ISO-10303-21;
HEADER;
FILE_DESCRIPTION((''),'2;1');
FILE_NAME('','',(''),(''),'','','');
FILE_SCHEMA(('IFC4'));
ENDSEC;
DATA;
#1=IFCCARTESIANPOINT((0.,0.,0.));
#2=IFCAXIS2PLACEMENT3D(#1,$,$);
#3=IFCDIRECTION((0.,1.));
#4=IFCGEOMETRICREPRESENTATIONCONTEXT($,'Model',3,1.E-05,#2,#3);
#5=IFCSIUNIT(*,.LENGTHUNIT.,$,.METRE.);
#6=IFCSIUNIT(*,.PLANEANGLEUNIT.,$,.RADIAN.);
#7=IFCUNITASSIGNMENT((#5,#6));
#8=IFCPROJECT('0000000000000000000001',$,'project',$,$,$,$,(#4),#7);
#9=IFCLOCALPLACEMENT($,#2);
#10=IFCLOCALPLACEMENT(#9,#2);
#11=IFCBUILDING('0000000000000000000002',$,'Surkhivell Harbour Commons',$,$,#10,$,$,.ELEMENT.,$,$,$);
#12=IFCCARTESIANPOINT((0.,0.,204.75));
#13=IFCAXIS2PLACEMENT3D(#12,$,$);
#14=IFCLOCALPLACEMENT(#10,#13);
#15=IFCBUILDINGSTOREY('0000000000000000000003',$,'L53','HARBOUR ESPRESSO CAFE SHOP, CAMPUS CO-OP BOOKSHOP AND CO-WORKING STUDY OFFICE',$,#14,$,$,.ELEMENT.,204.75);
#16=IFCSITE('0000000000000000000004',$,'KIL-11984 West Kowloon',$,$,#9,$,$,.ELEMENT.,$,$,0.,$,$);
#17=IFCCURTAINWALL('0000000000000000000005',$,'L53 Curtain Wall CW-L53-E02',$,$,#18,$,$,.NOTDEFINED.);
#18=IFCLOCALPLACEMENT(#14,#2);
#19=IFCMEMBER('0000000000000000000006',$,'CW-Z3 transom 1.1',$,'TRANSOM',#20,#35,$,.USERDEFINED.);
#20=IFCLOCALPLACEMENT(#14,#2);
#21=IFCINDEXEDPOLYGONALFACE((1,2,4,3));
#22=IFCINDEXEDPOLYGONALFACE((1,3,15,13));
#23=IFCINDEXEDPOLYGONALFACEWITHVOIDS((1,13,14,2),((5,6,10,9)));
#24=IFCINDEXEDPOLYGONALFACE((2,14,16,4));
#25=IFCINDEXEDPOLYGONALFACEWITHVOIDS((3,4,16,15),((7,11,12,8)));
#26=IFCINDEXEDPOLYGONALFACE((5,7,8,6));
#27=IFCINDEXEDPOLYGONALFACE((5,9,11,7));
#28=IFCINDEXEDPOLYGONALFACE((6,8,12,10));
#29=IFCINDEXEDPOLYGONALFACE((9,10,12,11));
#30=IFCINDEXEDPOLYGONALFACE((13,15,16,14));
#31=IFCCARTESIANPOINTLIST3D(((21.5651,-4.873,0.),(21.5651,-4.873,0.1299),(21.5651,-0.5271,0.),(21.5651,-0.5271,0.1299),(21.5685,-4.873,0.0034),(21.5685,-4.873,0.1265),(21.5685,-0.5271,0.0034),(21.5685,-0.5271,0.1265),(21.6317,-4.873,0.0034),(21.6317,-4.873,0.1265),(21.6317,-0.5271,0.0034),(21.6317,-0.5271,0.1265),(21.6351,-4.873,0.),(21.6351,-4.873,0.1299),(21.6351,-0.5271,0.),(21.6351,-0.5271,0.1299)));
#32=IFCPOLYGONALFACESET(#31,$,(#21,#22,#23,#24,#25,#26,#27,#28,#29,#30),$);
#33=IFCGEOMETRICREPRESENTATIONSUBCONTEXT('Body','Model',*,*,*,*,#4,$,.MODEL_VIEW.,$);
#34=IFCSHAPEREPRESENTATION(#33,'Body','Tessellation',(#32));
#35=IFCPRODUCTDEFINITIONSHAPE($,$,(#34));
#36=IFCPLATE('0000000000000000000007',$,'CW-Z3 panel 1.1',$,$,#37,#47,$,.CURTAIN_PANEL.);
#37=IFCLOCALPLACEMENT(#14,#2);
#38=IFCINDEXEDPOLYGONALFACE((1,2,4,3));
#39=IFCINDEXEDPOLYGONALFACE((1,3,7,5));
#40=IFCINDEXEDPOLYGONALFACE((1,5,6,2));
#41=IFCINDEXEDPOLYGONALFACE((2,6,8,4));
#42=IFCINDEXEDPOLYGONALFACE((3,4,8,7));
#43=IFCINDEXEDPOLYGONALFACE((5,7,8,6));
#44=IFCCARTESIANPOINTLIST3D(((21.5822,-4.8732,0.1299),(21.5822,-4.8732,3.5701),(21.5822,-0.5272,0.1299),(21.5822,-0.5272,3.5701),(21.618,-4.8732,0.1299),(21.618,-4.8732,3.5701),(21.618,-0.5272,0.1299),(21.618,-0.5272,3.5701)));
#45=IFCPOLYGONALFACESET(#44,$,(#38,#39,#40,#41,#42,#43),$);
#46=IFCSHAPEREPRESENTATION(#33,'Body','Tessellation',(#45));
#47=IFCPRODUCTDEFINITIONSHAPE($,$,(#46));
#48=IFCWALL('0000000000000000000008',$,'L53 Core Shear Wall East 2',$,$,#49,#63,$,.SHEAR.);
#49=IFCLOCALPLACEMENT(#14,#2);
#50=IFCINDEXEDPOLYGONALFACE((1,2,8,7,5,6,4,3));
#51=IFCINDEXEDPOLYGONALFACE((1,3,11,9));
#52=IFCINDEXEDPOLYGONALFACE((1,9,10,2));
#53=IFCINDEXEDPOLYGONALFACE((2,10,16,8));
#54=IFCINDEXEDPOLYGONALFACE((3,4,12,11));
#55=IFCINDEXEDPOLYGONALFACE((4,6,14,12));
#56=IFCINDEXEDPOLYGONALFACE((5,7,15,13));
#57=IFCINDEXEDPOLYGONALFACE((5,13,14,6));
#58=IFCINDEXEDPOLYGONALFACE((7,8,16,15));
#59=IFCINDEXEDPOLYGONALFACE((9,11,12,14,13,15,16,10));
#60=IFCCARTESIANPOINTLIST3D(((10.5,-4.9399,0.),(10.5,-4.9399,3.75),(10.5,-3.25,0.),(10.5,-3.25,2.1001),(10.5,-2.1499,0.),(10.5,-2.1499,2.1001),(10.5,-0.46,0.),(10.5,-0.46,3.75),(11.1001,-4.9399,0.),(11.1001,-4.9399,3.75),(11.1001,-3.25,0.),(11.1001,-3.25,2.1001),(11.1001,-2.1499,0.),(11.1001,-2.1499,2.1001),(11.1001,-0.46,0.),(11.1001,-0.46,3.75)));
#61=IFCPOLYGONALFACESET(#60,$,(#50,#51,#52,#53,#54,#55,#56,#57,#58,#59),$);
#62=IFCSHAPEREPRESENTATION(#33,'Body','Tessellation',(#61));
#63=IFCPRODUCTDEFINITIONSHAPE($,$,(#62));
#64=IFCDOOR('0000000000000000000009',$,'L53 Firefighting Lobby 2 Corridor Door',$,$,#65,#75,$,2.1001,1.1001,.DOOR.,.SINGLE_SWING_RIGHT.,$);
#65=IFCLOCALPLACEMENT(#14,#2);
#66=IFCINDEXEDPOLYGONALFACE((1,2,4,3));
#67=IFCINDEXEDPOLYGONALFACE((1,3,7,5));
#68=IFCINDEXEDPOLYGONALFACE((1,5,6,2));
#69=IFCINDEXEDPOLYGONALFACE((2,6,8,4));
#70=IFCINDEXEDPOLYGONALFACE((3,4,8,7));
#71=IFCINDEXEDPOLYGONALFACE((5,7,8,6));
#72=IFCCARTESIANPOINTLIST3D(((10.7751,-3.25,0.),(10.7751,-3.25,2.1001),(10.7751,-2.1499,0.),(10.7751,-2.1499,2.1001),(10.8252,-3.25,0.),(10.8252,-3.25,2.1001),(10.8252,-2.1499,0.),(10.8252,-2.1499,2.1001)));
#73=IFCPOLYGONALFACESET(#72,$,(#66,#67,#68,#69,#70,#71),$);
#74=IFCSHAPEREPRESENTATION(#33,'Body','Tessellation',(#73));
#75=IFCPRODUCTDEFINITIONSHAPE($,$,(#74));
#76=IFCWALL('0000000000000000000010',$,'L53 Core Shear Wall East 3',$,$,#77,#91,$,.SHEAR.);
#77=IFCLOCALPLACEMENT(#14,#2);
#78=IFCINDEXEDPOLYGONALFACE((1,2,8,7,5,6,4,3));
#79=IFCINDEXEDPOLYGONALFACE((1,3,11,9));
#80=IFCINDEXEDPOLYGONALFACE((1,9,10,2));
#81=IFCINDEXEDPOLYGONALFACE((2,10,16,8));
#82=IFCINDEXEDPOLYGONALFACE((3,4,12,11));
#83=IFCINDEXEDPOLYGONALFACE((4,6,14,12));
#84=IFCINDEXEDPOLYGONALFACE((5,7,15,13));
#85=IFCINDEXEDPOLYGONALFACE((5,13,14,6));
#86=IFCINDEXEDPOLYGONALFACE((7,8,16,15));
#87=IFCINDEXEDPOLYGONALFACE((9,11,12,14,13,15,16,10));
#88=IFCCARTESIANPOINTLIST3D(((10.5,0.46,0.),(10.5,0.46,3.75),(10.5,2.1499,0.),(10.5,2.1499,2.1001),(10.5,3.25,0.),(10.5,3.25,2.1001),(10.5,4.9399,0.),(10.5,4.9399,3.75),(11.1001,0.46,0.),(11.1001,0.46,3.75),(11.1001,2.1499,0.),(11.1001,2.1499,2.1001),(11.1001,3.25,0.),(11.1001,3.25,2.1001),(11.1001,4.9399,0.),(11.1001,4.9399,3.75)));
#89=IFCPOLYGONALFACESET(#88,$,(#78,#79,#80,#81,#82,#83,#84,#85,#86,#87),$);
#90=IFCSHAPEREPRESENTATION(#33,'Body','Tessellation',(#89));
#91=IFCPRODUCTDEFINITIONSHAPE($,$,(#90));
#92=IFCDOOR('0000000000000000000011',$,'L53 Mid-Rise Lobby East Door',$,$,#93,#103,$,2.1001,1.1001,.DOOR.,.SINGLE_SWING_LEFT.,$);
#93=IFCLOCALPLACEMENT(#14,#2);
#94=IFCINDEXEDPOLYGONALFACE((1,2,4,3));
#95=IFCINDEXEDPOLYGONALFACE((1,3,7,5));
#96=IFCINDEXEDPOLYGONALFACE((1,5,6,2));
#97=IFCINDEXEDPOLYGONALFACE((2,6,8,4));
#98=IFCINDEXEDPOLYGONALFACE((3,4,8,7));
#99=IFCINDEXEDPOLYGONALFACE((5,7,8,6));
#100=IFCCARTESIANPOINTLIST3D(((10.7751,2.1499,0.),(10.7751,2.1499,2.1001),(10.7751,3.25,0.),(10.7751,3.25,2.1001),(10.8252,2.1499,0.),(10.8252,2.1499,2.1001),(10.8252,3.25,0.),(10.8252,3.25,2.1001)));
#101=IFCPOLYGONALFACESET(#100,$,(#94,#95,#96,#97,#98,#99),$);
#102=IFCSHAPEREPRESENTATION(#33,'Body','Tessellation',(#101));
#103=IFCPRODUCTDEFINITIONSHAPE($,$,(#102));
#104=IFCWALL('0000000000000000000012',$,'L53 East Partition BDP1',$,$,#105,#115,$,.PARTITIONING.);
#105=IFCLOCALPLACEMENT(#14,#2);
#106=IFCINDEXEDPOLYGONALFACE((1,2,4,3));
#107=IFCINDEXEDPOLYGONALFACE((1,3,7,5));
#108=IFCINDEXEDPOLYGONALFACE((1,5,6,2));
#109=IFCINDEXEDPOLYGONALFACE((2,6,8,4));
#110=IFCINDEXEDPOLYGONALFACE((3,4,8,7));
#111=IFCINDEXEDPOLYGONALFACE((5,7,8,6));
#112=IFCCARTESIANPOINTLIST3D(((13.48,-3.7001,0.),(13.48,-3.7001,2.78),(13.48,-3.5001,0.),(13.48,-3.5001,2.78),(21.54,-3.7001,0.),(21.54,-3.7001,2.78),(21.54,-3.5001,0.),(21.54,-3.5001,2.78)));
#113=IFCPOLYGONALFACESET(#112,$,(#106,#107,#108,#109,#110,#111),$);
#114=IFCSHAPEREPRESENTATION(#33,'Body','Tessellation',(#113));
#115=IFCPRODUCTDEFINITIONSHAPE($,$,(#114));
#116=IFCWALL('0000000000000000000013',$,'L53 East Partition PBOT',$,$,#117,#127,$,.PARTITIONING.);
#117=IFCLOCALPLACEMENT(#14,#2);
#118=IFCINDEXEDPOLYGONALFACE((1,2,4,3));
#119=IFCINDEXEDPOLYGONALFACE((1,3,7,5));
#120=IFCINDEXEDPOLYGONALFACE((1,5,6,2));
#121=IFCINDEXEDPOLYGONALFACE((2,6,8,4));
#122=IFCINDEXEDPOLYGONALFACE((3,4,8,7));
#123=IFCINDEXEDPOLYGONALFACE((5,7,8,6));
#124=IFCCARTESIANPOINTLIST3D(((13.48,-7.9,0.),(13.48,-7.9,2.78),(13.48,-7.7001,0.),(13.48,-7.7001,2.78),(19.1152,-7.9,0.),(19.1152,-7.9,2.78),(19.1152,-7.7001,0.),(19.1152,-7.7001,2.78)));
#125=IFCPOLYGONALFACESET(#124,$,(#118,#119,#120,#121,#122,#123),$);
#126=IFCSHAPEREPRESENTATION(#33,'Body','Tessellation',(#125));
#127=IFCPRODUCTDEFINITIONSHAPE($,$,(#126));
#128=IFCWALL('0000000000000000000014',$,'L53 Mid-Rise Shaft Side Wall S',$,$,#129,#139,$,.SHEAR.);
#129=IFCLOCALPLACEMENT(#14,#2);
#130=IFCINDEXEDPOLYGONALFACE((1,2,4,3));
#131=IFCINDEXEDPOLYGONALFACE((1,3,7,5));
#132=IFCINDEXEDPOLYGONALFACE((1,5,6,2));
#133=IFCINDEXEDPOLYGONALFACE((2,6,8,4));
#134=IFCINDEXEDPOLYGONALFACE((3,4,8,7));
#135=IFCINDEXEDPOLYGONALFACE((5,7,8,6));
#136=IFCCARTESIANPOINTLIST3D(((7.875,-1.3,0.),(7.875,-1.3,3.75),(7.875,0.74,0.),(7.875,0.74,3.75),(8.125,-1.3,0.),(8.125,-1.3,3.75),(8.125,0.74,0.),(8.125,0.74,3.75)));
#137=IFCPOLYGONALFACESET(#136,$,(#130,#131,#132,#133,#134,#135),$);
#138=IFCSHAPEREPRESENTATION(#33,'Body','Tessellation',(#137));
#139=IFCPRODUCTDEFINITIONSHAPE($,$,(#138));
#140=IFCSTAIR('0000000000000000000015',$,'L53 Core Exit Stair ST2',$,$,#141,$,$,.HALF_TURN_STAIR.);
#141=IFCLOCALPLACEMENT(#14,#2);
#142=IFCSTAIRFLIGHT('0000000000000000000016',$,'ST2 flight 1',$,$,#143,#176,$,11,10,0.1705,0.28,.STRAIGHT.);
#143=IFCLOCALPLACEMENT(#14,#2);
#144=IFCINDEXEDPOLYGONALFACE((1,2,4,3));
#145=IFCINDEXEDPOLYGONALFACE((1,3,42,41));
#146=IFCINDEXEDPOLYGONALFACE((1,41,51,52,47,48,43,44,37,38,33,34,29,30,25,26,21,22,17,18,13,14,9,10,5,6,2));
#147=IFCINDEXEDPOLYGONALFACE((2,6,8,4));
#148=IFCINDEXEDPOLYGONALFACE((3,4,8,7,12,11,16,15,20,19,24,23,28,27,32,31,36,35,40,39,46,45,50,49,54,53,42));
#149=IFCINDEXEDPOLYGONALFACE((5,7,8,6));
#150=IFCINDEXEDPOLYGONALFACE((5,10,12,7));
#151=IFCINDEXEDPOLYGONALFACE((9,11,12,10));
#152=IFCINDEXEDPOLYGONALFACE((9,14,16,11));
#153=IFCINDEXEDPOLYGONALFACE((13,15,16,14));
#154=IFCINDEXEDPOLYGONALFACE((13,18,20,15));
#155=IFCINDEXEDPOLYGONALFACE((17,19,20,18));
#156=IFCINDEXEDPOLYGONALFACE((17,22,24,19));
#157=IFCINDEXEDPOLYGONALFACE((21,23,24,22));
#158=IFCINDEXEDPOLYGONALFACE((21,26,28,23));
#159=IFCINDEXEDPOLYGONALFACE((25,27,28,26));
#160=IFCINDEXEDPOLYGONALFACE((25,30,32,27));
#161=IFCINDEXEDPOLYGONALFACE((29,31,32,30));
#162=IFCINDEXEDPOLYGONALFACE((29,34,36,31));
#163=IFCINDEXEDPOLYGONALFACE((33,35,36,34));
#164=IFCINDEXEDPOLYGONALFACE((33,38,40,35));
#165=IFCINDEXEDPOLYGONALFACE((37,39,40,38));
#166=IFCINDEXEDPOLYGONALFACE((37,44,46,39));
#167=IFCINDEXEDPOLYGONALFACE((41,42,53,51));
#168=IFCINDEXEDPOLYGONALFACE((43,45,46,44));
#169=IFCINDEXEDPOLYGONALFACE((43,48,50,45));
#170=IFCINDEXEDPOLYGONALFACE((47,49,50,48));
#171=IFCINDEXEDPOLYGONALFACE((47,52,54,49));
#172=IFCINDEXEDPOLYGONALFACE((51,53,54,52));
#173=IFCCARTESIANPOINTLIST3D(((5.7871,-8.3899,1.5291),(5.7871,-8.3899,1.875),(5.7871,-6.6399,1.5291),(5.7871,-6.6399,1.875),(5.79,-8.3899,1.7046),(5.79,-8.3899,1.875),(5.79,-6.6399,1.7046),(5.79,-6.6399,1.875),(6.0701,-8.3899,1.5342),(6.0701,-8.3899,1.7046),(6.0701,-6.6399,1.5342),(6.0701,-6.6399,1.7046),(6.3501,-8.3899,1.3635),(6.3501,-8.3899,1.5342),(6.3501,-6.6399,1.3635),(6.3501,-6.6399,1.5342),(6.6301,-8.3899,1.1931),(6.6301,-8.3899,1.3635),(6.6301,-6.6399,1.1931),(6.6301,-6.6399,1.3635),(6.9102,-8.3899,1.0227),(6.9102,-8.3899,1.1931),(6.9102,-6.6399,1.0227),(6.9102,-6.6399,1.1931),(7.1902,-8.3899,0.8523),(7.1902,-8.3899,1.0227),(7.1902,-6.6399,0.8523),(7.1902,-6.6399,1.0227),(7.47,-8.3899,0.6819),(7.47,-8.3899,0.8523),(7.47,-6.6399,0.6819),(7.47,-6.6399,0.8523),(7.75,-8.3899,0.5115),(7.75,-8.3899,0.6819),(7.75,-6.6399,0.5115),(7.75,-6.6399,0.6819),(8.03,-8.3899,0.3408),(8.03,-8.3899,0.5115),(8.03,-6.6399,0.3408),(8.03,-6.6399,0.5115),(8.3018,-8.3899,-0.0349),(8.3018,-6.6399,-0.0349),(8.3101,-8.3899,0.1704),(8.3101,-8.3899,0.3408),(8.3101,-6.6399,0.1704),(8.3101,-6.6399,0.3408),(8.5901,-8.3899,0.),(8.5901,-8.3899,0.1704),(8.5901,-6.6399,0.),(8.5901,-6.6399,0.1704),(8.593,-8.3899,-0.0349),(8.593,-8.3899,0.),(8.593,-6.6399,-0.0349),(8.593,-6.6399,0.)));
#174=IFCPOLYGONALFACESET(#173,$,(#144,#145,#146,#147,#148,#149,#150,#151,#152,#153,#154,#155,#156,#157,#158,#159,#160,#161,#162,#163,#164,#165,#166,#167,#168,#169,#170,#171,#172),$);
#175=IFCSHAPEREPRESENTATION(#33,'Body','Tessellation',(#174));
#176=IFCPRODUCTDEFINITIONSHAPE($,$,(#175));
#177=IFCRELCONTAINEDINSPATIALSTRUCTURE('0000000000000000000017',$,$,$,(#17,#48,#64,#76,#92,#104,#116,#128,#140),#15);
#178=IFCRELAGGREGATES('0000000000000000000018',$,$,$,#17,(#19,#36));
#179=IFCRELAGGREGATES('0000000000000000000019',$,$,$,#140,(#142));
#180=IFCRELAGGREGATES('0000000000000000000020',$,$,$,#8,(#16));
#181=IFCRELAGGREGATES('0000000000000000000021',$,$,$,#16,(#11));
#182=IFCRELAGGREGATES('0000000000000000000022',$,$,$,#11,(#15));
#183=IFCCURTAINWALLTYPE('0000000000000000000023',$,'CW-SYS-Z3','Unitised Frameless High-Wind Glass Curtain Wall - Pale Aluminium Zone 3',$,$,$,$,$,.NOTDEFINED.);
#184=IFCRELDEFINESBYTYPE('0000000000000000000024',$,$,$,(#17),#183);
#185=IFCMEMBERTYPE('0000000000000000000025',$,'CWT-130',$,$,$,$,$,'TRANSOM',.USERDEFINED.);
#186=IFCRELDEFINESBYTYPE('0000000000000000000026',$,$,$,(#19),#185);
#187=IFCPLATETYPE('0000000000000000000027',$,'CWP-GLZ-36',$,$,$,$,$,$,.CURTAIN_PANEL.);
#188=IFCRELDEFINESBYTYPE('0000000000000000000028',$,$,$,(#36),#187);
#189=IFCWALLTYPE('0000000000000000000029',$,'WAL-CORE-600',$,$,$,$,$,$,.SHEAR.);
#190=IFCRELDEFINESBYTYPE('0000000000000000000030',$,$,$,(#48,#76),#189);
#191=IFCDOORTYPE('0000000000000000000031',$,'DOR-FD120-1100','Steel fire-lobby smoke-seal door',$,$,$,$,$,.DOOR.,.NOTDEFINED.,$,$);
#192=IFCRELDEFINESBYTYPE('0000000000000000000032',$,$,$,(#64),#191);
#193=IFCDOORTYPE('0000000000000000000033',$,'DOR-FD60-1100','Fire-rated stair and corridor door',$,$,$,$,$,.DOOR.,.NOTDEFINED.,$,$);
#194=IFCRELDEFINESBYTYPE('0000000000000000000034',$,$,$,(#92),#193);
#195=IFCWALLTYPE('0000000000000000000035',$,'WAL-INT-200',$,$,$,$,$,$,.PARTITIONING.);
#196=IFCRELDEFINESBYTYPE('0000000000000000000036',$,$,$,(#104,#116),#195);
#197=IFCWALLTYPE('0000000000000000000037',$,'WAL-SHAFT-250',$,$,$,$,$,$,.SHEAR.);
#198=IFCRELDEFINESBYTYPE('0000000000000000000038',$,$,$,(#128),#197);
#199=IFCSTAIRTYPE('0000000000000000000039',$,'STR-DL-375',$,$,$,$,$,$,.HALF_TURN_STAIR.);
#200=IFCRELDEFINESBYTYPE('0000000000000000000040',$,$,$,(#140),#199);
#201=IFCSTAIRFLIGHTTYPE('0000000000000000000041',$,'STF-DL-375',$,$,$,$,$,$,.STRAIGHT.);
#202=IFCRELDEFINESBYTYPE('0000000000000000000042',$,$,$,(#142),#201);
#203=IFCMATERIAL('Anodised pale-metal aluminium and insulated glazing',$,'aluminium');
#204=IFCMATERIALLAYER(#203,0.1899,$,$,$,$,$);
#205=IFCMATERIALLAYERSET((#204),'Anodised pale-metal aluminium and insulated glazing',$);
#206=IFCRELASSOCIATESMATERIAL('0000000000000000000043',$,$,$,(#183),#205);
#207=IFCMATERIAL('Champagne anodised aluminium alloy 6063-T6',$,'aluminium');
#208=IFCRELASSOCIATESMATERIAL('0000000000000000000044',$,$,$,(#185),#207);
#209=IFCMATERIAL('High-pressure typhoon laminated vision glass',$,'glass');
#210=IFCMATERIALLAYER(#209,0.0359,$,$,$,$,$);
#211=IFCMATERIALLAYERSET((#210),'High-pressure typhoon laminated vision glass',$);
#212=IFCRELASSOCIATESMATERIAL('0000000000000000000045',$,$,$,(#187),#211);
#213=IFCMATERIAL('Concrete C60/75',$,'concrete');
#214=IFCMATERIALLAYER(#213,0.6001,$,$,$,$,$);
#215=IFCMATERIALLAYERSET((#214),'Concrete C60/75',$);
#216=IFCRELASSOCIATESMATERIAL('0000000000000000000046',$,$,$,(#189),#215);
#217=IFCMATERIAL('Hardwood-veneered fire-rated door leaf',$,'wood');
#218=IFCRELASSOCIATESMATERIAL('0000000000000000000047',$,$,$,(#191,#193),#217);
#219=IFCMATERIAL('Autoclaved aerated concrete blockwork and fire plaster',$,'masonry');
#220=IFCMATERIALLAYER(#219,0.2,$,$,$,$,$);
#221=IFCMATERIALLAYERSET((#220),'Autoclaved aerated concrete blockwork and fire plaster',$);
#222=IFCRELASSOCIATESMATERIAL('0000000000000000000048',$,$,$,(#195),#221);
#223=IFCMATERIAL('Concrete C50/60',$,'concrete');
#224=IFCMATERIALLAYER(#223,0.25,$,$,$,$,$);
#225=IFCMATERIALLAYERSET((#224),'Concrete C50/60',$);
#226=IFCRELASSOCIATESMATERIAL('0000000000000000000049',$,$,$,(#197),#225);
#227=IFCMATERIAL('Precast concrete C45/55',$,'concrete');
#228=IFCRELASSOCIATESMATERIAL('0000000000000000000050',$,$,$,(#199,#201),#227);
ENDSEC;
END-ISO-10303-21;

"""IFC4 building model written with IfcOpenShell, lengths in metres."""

from ifc_helpers import new_model, si_unit, direction, frame, frame_2d, origin, origin_2d, place, context, subcontext, project, spatial, polyline, rectangle, hollow_rectangle, outline, extrude, material, layer, layer_set, material_profile, profile_set, type_object, element, fill, aggregate, save


model = new_model("IFC4")

# Units and contexts
model_context = context("Model", 3, precision=1e-05, world=origin(), true_north=direction((0.0, 1.0)))
body_context = subcontext(model_context, "Body", "Model", "MODEL_VIEW")
ifc_project = project(units=[si_unit("LENGTHUNIT", "METRE"), si_unit("PLANEANGLEUNIT", "RADIAN")], contexts=[model_context])

# Site, building, storey
site_placement = place(None, origin())
site = spatial("IfcSite", under=ifc_project, at=site_placement, Name="KIL-11984 West Kowloon", CompositionType="ELEMENT", RefElevation=0.0)
building_placement = place(site_placement, origin())
building = spatial("IfcBuilding", under=site, at=building_placement, Name="Surkhivell Harbour Commons", CompositionType="ELEMENT")
storey_placement = place(building_placement, frame((0.0, 0.0, 204.75)))
storey = spatial("IfcBuildingStorey", under=building, at=storey_placement, Name="L53", Description="HARBOUR ESPRESSO CAFE SHOP, CAMPUS CO-OP BOOKSHOP AND CO-WORKING STUDY OFFICE", CompositionType="ELEMENT", Elevation=204.75)

# Shared definitions
ifc_material_1 = material(Name="Concrete C60/75", Category="concrete")

# Shared definitions
ifc_material_2 = material(Name="Anodised pale-metal aluminium and insulated glazing", Category="aluminium")
ifc_layer_1 = layer(ifc_material_2, 0.1899)
ifc_layer_set_1 = layer_set([ifc_layer_1], Name="Anodised pale-metal aluminium and insulated glazing")
curtain_wall_type = type_object("IfcCurtainWallType", Name="CW-SYS-Z3", Description="Unitised Frameless High-Wind Glass Curtain Wall - Pale Aluminium Zone 3", PredefinedType="NOTDEFINED", material=ifc_layer_set_1)

# Curtain wall, member, plate
curtain_wall_1_placement = place(storey_placement, origin())
curtain_wall_1 = element("IfcCurtainWall", 1, at=curtain_wall_1_placement, inside=storey, type_object=curtain_wall_type, Name="L53 Curtain Wall CW-L53-E02", PredefinedType="NOTDEFINED")
ifc_material_3 = material(Name="Champagne anodised aluminium alloy 6063-T6", Category="aluminium")
ifc_material_profile_1 = material_profile(ifc_material_3, hollow_rectangle(XDim=0.0701, YDim=0.1299, WallThickness=0.0034, at=origin_2d()), Name="ALU-TRAN-70x130")
ifc_profile_set_1 = profile_set([ifc_material_profile_1], Name="Champagne anodised aluminium alloy 6063-T6")
member_type_1 = type_object("IfcMemberType", Name="CWT-130", ElementType="TRANSOM", PredefinedType="USERDEFINED", material=ifc_profile_set_1)
member_1_placement = place(storey_placement, frame((21.6001, -4.873, 0.0649), z_axis=(0.0, 1.0, 0.0), x_axis=(-1.0, 0.0, 0.0)))
member_1 = element("IfcMember", 2, at=member_1_placement, type_object=member_type_1, Name="CW-Z3 transom 1.1", ObjectType="TRANSOM", PredefinedType="USERDEFINED", context=body_context, shape_type="SweptSolid", body=[
    extrude(hollow_rectangle(XDim=0.0701, YDim=0.1299, WallThickness=0.0034, at=origin_2d()), origin(), (0.0, 0.0, 1.0), 4.3459),
])
ifc_material_4 = material(Name="High-pressure typhoon laminated vision glass", Category="glass")
ifc_layer_2 = layer(ifc_material_4, 0.0359)
ifc_layer_set_2 = layer_set([ifc_layer_2], Name="High-pressure typhoon laminated vision glass")
plate_type = type_object("IfcPlateType", Name="CWP-GLZ-36", PredefinedType="CURTAIN_PANEL", material=ifc_layer_set_2)
plate_placement = place(storey_placement, frame((21.6001, -4.873, 0.1299), z_axis=(0.0, 0.0, 1.0), x_axis=(0.0, 1.0, 0.0)))
plate = element("IfcPlate", 3, at=plate_placement, type_object=plate_type, Name="CW-Z3 panel 1.1", PredefinedType="CURTAIN_PANEL", context=body_context, shape_type="SweptSolid", body=[
    extrude(rectangle(XDim=4.3459, YDim=0.0359, at=frame_2d((2.1729, 0.0))), origin(), (0.0, 0.0, 1.0), 3.4402),
])
aggregate(curtain_wall_1, [member_1, plate])

# Walls, openings, doors
ifc_layer_3 = layer(ifc_material_1, 0.6001)
ifc_layer_set_3 = layer_set([ifc_layer_3], Name="Concrete C60/75")
wall_type_1 = type_object("IfcWallType", Name="WAL-CORE-600", PredefinedType="SHEAR", material=ifc_layer_set_3)
wall_1_placement = place(storey_placement, frame((10.8, -4.9399, 0.0), z_axis=(0.0, 0.0, 1.0), x_axis=(0.0, 1.0, 0.0)))
wall_1 = element("IfcWall", 4, at=wall_1_placement, inside=storey, type_object=wall_type_1, Name="L53 Core Shear Wall East 2", PredefinedType="SHEAR", context=body_context, shape_type="SweptSolid", body=[
    extrude(rectangle(XDim=4.48, YDim=0.6001, at=frame_2d((2.24, 0.0))), origin(), (0.0, 0.0, 1.0), 3.75),
])
opening_1_placement = place(wall_1_placement, frame((1.6899, 0.0, 0.0)))
opening_1 = element("IfcOpeningElement", 5, at=opening_1_placement, cuts=wall_1, PredefinedType="OPENING", context=body_context, shape_type="SweptSolid", body=[
    extrude(rectangle(XDim=1.1001, YDim=2.1001, at=frame_2d((0.55, 1.05))), frame((0.0, 0.3101, 0.0), z_axis=(0.0, -1.0, 0.0), x_axis=(1.0, 0.0, 0.0)), (0.0, 0.0, 1.0), 0.6201),
])
ifc_material_5 = material(Name="Hardwood-veneered fire-rated door leaf", Category="wood")
door_type_1 = type_object("IfcDoorType", Name="DOR-FD120-1100", Description="Steel fire-lobby smoke-seal door", OperationType="NOTDEFINED", PredefinedType="DOOR", material=ifc_material_5)
door_1_placement = place(opening_1_placement, origin())
door_1 = element("IfcDoor", 6, at=door_1_placement, inside=storey, type_object=door_type_1, Name="L53 Firefighting Lobby 2 Corridor Door", OperationType="SINGLE_SWING_RIGHT", OverallHeight=2.1001, OverallWidth=1.1001, PredefinedType="DOOR", context=body_context, shape_type="SweptSolid", body=[
    extrude(rectangle(XDim=1.1001, YDim=2.1001, at=frame_2d((0.55, 1.05))), frame((0.0, 0.0249, 0.0), z_axis=(0.0, -1.0, 0.0), x_axis=(1.0, 0.0, 0.0)), (0.0, 0.0, 1.0), 0.05),
])
fill(opening_1, door_1)
wall_2_placement = place(storey_placement, frame((10.8, 0.46, 0.0), z_axis=(0.0, 0.0, 1.0), x_axis=(0.0, 1.0, 0.0)))
wall_2 = element("IfcWall", 7, at=wall_2_placement, inside=storey, type_object=wall_type_1, Name="L53 Core Shear Wall East 3", PredefinedType="SHEAR", context=body_context, shape_type="SweptSolid", body=[
    extrude(rectangle(XDim=4.48, YDim=0.6001, at=frame_2d((2.24, 0.0))), origin(), (0.0, 0.0, 1.0), 3.75),
])
opening_2_placement = place(wall_2_placement, frame((1.6899, 0.0, 0.0)))
opening_2 = element("IfcOpeningElement", 8, at=opening_2_placement, cuts=wall_2, PredefinedType="OPENING", context=body_context, shape_type="SweptSolid", body=[
    extrude(rectangle(XDim=1.1001, YDim=2.1001, at=frame_2d((0.55, 1.05))), frame((0.0, 0.3101, 0.0), z_axis=(0.0, -1.0, 0.0), x_axis=(1.0, 0.0, 0.0)), (0.0, 0.0, 1.0), 0.6201),
])
door_type_2 = type_object("IfcDoorType", Name="DOR-FD60-1100", Description="Fire-rated stair and corridor door", OperationType="NOTDEFINED", PredefinedType="DOOR", material=ifc_material_5)
door_2_placement = place(opening_2_placement, origin())
door_2 = element("IfcDoor", 9, at=door_2_placement, inside=storey, type_object=door_type_2, Name="L53 Mid-Rise Lobby East Door", OperationType="SINGLE_SWING_LEFT", OverallHeight=2.1001, OverallWidth=1.1001, PredefinedType="DOOR", context=body_context, shape_type="SweptSolid", body=[
    extrude(rectangle(XDim=1.1001, YDim=2.1001, at=frame_2d((0.55, 1.05))), frame((0.0, 0.0249, 0.0), z_axis=(0.0, -1.0, 0.0), x_axis=(1.0, 0.0, 0.0)), (0.0, 0.0, 1.0), 0.05),
])
fill(opening_2, door_2)

# Walls
ifc_material_6 = material(Name="Autoclaved aerated concrete blockwork and fire plaster", Category="masonry")
ifc_layer_4 = layer(ifc_material_6, 0.2)
ifc_layer_set_4 = layer_set([ifc_layer_4], Name="Autoclaved aerated concrete blockwork and fire plaster")
wall_type_2 = type_object("IfcWallType", Name="WAL-INT-200", PredefinedType="PARTITIONING", material=ifc_layer_set_4)
wall_3_placement = place(storey_placement, frame((13.48, -3.6001, 0.0), z_axis=(0.0, 0.0, 1.0), x_axis=(1.0, 0.0, 0.0)))
element("IfcWall", 10, at=wall_3_placement, inside=storey, type_object=wall_type_2, Name="L53 East Partition BDP1", PredefinedType="PARTITIONING", context=body_context, shape_type="SweptSolid", body=[
    extrude(rectangle(XDim=8.0601, YDim=0.2, at=frame_2d((4.03, 0.0))), origin(), (0.0, 0.0, 1.0), 2.78),
])
wall_4_placement = place(storey_placement, frame((13.48, -7.8, 0.0), z_axis=(0.0, 0.0, 1.0), x_axis=(1.0, 0.0, 0.0)))
element("IfcWall", 11, at=wall_4_placement, inside=storey, type_object=wall_type_2, Name="L53 East Partition PBOT", PredefinedType="PARTITIONING", context=body_context, shape_type="SweptSolid", body=[
    extrude(rectangle(XDim=5.6353, YDim=0.2, at=frame_2d((2.8176, 0.0))), origin(), (0.0, 0.0, 1.0), 2.78),
])
ifc_material_7 = material(Name="Concrete C50/60", Category="concrete")
ifc_layer_5 = layer(ifc_material_7, 0.25)
ifc_layer_set_5 = layer_set([ifc_layer_5], Name="Concrete C50/60")
wall_type_3 = type_object("IfcWallType", Name="WAL-SHAFT-250", PredefinedType="SHEAR", material=ifc_layer_set_5)
wall_5_placement = place(storey_placement, frame((8.0, -1.3, 0.0), z_axis=(0.0, 0.0, 1.0), x_axis=(0.0, 1.0, 0.0)))
element("IfcWall", 12, at=wall_5_placement, inside=storey, type_object=wall_type_3, Name="L53 Mid-Rise Shaft Side Wall S", PredefinedType="SHEAR", context=body_context, shape_type="SweptSolid", body=[
    extrude(rectangle(XDim=2.04, YDim=0.25, at=frame_2d((1.02, 0.0))), origin(), (0.0, 0.0, 1.0), 3.75),
])

# Stair, stair flight
ifc_material_8 = material(Name="Precast concrete C45/55", Category="concrete")
stair_type = type_object("IfcStairType", Name="STR-DL-375", PredefinedType="HALF_TURN_STAIR", material=ifc_material_8)
stair_placement = place(storey_placement, origin())
stair = element("IfcStair", 13, at=stair_placement, inside=storey, type_object=stair_type, Name="L53 Core Exit Stair ST2", PredefinedType="HALF_TURN_STAIR")
stair_flight_type = type_object("IfcStairFlightType", Name="STF-DL-375", PredefinedType="STRAIGHT", material=ifc_material_8)
stair_flight_placement = place(storey_placement, frame((8.5901, -7.5149, 0.0), z_axis=(0.0, 0.0, 1.0), x_axis=(-1.0, 0.0, 0.0)))
stair_flight = element("IfcStairFlight", 14, at=stair_flight_placement, type_object=stair_flight_type, Name="ST2 flight 1", NumberOfRisers=11, NumberOfTreads=10, PredefinedType="STRAIGHT", RiserHeight=0.1705, TreadLength=0.28, context=body_context, shape_type="SweptSolid", body=[
    extrude(outline(polyline([(-0.0029, -0.0349), (-0.0029, 0.0), (0.0, 0.0), (0.0, 0.1704), (0.28, 0.1704), (0.28, 0.3408), (0.5601, 0.3408), (0.5601, 0.5115), (0.8401, 0.5115), (0.8401, 0.6819), (1.1201, 0.6819), (1.1201, 0.8523), (1.3999, 0.8523), (1.3999, 1.0227), (1.6799, 1.0227), (1.6799, 1.1931), (1.96, 1.1931), (1.96, 1.3635), (2.24, 1.3635), (2.24, 1.5342), (2.52, 1.5342), (2.52, 1.7046), (2.8, 1.7046), (2.8, 1.875), (2.803, 1.875), (2.803, 1.5291), (0.2883, -0.0349), (-0.0029, -0.0349)])), frame((0.0, 0.875, 0.0), z_axis=(0.0, -1.0, 0.0), x_axis=(1.0, 0.0, 0.0)), (0.0, 0.0, 1.0), 1.75),
])
aggregate(stair, [stair_flight])

save(model, "model.ifc")
